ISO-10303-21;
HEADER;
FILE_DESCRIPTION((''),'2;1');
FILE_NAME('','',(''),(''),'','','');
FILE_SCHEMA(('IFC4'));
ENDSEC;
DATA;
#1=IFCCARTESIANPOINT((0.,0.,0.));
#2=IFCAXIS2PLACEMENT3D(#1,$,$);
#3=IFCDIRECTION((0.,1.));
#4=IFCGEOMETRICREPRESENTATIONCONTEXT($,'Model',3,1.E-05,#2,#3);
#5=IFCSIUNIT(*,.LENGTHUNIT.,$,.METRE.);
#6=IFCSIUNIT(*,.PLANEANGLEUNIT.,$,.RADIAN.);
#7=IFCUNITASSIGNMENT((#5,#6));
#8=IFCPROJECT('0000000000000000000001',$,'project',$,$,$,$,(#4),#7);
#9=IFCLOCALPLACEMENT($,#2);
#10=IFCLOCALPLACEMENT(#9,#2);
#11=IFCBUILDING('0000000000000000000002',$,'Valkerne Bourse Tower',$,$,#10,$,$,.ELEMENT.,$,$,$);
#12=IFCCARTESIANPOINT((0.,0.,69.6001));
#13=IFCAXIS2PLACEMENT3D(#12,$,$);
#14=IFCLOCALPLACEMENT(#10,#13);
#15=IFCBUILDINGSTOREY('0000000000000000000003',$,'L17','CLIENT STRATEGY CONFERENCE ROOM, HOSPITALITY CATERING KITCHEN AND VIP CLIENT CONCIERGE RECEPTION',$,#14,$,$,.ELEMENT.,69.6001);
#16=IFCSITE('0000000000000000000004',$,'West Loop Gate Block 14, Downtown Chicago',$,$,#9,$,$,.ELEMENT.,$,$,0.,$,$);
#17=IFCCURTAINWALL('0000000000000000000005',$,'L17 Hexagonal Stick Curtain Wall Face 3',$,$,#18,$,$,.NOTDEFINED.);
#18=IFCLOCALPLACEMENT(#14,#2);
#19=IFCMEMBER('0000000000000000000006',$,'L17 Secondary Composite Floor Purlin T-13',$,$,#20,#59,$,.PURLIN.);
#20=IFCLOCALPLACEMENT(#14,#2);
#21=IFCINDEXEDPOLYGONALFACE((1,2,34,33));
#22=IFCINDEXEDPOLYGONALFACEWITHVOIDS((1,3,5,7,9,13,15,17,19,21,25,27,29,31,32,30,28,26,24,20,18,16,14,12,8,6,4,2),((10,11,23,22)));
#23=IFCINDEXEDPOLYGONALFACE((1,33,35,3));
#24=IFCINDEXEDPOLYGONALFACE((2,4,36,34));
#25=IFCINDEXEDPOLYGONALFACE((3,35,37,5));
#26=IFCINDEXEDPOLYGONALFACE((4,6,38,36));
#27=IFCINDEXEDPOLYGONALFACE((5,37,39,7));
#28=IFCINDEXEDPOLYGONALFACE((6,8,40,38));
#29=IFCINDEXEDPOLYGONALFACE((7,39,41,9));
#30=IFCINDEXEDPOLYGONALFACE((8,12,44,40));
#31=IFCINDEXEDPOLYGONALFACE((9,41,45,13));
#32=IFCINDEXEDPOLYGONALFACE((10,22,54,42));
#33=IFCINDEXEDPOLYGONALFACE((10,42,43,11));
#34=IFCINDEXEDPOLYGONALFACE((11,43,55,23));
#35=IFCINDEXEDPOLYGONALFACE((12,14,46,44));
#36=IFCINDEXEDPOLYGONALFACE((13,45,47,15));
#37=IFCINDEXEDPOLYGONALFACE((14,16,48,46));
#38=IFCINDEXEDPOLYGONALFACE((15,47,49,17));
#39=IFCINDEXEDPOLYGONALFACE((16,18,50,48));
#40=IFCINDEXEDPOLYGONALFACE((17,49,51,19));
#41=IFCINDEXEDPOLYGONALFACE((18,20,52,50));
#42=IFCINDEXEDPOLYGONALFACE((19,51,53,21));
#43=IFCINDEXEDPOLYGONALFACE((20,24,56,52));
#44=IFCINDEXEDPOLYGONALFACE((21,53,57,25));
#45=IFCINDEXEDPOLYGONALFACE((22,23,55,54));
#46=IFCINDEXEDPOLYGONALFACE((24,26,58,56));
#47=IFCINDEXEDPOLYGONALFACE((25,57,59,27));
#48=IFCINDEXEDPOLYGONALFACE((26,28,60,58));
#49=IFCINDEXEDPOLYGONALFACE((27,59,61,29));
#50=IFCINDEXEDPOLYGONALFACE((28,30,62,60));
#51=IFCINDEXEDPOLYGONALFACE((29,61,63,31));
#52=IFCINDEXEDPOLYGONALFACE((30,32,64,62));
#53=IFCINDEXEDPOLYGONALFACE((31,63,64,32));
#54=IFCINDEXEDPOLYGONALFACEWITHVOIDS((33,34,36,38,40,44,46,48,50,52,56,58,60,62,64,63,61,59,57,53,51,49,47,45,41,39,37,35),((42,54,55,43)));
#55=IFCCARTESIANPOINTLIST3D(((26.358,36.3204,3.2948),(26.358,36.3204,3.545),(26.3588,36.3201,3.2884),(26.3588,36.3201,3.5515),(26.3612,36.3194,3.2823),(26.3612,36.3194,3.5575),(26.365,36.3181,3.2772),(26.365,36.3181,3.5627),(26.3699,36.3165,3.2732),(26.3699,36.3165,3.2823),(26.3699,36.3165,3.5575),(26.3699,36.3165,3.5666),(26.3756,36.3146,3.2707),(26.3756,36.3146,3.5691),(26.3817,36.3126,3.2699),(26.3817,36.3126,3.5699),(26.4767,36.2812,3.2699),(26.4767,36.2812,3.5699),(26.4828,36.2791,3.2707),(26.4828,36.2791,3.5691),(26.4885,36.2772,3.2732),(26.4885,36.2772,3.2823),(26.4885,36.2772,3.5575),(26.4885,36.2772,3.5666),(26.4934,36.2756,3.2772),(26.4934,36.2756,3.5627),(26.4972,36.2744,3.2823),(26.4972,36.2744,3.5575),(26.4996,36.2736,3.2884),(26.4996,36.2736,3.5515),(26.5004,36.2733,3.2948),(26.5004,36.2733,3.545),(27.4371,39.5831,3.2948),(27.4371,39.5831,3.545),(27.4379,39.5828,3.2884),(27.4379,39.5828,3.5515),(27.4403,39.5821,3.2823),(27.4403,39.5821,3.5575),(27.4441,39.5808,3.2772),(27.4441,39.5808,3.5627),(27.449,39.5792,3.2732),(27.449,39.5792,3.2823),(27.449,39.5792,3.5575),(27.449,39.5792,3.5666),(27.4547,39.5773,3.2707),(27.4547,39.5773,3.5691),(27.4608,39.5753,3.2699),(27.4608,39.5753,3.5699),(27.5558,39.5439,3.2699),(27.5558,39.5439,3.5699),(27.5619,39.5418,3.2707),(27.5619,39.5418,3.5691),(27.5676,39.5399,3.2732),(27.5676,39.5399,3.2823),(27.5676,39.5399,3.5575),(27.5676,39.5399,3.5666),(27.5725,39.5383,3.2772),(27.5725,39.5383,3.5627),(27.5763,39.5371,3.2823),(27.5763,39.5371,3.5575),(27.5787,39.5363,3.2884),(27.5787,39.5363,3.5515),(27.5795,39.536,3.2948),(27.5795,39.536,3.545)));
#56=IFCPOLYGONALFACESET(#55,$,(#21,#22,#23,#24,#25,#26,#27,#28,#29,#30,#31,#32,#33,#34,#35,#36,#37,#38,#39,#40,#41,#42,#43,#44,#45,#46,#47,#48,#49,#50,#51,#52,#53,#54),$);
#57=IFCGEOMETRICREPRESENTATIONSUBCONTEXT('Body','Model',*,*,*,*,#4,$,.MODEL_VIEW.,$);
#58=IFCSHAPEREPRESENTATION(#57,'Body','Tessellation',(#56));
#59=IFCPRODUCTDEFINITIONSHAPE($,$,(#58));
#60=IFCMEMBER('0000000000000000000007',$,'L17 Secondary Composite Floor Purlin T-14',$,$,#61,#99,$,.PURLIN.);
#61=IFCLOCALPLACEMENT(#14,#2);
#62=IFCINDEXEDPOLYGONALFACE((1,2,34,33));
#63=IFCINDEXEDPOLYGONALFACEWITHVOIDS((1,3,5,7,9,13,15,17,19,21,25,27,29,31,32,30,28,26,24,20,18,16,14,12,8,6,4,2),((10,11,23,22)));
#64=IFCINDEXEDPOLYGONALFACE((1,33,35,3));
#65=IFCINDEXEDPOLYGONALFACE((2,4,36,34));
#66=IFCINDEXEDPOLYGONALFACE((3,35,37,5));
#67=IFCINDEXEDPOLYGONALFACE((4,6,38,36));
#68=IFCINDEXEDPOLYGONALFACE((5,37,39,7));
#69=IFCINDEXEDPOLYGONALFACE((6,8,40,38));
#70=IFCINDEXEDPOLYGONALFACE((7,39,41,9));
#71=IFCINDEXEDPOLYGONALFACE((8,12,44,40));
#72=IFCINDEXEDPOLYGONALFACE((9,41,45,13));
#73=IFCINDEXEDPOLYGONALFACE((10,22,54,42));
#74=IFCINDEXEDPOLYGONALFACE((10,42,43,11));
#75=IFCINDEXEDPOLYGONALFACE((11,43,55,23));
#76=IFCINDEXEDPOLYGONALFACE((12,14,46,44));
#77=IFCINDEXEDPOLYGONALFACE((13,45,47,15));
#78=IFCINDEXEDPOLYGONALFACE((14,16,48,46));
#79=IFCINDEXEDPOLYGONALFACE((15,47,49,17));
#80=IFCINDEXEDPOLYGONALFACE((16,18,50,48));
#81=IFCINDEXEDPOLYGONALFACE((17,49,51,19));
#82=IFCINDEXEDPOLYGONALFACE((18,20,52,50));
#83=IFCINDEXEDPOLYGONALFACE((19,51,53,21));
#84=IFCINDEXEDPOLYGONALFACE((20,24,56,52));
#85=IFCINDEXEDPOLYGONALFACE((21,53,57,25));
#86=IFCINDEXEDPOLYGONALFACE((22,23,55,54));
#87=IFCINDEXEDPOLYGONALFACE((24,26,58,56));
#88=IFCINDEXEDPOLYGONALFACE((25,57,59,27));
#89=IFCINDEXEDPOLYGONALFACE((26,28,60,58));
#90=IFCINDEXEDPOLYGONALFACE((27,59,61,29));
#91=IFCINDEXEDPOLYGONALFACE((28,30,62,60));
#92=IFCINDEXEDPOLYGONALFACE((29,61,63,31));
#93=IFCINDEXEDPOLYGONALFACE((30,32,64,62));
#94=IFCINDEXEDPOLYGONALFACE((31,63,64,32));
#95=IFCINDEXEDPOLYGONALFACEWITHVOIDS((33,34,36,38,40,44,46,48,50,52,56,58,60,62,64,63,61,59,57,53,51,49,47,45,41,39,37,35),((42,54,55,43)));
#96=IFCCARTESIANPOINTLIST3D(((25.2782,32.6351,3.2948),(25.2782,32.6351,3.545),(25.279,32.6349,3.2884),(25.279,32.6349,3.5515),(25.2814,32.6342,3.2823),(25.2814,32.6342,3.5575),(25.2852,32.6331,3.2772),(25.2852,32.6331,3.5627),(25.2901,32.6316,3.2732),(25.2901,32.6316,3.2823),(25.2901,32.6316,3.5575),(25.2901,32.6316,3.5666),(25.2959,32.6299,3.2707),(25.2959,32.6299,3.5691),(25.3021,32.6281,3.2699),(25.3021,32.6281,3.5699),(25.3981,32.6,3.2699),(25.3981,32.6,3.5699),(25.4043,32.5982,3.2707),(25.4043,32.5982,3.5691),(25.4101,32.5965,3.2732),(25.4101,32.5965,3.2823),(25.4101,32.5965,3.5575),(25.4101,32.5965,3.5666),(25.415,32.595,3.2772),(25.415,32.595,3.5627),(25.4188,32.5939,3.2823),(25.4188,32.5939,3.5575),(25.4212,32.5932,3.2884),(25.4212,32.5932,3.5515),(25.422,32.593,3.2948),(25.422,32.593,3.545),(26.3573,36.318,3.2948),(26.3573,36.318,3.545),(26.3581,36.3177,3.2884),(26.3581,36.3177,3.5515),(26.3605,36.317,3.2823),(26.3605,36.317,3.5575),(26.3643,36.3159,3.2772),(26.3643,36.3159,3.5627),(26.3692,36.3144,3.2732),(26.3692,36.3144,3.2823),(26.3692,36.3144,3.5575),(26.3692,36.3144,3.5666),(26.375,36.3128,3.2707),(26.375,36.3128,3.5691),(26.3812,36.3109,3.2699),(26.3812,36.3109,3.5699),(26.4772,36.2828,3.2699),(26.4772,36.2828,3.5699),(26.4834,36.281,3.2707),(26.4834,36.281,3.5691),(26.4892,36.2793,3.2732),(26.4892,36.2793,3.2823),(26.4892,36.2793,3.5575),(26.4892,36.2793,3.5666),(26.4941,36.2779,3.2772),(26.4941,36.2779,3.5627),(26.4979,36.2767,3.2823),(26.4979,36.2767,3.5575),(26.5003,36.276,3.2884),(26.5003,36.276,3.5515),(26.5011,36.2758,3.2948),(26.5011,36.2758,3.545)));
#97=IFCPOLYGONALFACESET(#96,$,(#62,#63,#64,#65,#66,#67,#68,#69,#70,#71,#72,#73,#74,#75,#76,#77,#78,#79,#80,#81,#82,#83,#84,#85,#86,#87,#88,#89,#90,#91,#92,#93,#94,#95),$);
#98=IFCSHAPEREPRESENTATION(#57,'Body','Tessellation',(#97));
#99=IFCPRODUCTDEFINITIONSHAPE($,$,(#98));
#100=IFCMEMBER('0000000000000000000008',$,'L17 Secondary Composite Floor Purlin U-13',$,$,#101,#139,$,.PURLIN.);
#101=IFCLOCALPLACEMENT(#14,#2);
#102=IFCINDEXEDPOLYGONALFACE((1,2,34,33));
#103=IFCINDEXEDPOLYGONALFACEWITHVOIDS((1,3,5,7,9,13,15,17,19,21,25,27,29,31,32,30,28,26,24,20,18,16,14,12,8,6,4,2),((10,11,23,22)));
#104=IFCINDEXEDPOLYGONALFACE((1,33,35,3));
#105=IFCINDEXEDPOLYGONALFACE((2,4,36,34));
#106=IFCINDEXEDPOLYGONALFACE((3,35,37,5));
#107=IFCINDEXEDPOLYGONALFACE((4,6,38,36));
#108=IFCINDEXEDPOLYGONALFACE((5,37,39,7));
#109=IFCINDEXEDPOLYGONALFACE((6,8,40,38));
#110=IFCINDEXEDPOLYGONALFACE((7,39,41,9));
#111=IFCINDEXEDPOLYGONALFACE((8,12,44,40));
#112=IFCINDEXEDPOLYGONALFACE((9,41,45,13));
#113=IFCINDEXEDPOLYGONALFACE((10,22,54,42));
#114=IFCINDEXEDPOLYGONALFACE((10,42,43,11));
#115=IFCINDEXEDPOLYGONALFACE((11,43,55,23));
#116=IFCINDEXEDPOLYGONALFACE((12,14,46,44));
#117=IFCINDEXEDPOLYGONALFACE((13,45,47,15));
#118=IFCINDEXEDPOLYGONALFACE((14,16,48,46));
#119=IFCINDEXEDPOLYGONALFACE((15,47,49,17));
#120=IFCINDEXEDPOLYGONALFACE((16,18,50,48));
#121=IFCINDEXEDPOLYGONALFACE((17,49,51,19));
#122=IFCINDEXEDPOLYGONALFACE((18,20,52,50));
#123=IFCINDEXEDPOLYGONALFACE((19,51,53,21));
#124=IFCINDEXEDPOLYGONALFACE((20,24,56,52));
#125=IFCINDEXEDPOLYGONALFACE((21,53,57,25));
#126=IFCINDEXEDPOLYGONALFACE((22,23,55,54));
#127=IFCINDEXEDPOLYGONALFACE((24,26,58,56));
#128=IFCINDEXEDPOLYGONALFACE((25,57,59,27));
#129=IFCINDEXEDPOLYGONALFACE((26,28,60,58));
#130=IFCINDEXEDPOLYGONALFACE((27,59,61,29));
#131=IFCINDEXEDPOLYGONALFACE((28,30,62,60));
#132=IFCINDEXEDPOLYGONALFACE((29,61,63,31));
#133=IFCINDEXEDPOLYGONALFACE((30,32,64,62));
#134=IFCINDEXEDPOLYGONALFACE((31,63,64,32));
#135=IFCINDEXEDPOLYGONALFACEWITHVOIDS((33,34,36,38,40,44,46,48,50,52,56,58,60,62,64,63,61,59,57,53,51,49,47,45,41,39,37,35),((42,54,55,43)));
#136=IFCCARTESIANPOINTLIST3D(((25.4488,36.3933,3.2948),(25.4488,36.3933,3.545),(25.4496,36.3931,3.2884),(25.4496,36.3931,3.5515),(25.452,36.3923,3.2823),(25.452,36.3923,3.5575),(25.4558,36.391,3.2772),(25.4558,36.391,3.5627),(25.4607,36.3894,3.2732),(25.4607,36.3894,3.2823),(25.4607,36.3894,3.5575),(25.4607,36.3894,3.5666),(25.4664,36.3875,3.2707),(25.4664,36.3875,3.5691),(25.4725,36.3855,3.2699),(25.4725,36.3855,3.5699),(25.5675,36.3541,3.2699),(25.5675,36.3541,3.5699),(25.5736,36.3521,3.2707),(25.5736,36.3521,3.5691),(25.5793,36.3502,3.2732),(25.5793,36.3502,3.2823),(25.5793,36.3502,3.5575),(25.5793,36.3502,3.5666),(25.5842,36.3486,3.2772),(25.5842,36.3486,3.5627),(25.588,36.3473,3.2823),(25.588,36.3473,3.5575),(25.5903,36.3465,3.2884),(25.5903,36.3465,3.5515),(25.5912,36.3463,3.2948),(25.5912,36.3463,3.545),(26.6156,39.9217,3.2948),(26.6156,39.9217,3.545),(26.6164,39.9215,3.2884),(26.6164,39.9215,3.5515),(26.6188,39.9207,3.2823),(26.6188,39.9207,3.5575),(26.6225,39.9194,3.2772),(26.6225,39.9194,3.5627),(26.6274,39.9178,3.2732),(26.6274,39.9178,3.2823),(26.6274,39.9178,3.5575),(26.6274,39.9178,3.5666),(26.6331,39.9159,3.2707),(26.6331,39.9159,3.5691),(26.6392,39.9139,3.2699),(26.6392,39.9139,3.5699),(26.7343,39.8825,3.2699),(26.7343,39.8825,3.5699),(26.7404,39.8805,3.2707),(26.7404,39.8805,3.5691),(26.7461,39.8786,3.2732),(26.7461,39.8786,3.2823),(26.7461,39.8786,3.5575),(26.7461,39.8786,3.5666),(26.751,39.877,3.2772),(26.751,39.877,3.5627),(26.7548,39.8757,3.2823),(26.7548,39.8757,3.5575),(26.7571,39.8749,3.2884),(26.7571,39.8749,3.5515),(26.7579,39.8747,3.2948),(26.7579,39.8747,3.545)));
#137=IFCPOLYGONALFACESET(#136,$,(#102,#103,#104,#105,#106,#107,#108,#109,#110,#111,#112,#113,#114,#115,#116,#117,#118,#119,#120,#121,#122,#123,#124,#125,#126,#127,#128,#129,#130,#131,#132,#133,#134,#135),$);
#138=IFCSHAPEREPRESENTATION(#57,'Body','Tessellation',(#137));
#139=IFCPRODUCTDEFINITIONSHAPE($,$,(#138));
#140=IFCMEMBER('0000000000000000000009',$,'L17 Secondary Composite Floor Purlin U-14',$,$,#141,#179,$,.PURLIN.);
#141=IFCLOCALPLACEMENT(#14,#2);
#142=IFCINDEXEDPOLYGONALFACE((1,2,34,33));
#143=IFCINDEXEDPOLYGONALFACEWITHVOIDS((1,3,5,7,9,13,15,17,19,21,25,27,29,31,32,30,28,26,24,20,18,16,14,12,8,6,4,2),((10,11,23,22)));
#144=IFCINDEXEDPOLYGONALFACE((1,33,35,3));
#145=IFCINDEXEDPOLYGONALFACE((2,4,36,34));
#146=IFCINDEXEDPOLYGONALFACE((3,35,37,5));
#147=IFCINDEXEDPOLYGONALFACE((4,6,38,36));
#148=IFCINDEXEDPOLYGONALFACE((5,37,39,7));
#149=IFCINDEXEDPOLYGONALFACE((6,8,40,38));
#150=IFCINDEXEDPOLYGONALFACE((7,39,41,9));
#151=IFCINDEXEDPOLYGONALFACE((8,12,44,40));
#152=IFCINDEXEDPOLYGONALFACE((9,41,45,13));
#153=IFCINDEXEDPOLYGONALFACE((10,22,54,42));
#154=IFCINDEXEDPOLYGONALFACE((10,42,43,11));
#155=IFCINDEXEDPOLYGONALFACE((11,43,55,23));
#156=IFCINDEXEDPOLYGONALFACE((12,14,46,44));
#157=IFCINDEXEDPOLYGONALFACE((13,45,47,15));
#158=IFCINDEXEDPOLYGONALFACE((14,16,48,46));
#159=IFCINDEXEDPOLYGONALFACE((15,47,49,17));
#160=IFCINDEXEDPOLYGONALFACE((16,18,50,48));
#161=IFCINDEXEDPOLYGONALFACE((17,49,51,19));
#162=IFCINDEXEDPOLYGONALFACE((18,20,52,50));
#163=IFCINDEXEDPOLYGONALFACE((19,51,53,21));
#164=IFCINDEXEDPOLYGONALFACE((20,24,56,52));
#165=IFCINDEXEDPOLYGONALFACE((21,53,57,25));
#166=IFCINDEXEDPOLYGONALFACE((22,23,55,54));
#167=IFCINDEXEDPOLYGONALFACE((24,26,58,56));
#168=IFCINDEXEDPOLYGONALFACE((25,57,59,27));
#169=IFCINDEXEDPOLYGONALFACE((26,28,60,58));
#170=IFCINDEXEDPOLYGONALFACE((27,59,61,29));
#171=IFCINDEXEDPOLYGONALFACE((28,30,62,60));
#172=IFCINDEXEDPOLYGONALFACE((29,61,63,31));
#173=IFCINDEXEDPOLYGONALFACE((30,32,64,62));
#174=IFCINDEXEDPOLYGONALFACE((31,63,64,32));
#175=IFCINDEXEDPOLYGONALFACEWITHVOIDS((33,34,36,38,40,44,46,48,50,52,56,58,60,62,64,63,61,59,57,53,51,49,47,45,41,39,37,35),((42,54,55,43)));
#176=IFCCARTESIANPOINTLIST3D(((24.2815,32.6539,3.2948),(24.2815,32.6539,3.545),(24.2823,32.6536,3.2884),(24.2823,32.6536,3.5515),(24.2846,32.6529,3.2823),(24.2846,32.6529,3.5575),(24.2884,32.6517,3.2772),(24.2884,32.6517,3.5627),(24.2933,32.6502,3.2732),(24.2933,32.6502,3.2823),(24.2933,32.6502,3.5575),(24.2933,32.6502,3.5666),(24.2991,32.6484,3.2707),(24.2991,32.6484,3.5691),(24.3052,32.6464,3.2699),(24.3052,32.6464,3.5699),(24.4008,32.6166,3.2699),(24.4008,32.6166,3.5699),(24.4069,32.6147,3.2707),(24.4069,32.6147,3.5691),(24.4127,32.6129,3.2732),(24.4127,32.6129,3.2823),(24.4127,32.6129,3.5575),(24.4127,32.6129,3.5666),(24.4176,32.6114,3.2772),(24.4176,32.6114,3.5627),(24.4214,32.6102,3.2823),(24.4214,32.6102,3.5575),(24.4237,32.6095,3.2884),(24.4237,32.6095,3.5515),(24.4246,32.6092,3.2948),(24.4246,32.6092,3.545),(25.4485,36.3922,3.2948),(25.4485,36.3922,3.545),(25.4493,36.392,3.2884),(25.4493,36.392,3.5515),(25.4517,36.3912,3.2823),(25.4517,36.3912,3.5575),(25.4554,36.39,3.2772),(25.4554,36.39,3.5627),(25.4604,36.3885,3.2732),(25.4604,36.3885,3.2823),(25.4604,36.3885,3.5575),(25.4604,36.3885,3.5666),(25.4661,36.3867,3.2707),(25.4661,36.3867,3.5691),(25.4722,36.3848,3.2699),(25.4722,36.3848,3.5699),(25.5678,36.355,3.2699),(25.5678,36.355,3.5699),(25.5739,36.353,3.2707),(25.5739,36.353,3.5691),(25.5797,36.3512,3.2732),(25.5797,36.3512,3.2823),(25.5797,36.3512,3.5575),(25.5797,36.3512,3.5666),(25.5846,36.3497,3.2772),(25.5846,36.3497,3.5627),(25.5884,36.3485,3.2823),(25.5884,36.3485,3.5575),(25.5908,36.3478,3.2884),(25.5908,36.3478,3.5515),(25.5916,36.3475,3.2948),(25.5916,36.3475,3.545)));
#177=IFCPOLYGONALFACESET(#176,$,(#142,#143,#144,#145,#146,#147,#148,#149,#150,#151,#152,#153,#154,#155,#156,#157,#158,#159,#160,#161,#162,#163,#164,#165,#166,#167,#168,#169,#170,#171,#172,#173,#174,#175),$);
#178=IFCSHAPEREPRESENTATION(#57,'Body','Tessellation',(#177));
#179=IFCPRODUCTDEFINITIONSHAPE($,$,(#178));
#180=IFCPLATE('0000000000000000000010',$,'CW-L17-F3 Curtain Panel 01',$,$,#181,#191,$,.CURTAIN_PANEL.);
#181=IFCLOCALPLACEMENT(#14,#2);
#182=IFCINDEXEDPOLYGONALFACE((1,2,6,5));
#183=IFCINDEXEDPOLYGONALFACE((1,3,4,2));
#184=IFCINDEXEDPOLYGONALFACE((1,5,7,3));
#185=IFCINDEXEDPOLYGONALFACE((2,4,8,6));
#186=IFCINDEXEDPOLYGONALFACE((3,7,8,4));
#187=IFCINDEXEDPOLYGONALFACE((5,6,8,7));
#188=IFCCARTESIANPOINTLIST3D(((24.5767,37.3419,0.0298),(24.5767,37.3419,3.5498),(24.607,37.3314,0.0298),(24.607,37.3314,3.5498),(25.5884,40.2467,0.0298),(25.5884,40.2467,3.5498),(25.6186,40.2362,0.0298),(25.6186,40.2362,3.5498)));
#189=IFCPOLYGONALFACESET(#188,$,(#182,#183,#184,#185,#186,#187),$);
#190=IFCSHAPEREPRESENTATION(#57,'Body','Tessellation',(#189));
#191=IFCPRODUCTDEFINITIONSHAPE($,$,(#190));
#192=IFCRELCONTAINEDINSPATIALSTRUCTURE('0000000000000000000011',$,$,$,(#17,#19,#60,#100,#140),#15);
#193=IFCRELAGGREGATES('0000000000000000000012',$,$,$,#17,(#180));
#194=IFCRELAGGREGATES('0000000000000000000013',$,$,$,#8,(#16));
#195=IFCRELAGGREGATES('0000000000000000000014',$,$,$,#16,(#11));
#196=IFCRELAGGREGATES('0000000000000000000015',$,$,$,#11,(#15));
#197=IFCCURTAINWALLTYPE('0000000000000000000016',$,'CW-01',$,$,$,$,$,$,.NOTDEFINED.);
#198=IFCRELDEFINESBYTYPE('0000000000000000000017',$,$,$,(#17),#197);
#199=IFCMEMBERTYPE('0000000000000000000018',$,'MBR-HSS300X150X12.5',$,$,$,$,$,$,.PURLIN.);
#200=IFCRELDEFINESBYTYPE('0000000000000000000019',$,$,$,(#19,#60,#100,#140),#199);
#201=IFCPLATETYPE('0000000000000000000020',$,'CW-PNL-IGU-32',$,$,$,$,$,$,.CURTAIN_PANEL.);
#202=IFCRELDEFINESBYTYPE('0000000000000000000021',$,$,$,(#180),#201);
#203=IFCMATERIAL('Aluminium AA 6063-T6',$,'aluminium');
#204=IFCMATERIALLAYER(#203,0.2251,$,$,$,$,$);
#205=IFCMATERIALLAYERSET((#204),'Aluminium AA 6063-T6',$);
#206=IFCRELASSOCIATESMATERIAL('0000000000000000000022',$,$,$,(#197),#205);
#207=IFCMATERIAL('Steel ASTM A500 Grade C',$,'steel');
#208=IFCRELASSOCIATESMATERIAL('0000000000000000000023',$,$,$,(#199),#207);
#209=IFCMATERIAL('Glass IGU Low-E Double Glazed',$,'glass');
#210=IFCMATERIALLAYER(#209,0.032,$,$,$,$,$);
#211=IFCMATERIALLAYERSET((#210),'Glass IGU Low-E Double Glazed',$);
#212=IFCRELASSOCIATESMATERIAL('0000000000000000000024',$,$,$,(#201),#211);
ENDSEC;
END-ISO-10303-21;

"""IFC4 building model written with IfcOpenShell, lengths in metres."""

from ifc_helpers import new_model, si_unit, direction, frame, origin, origin_2d, place, context, subcontext, project, spatial, rectangle, hollow_rectangle, extrude, material, layer, layer_set, material_profile, profile_set, type_object, element, aggregate, save


model = new_model("IFC4")

# Units and contexts
model_context = context("Model", 3, precision=1e-05, world=origin(), true_north=direction((0.0, 1.0)))
body_context = subcontext(model_context, "Body", "Model", "MODEL_VIEW")
ifc_project = project(units=[si_unit("LENGTHUNIT", "METRE"), si_unit("PLANEANGLEUNIT", "RADIAN")], contexts=[model_context])

# Site, building, storey
site_placement = place(None, origin())
site = spatial("IfcSite", under=ifc_project, at=site_placement, Name="West Loop Gate Block 14, Downtown Chicago", CompositionType="ELEMENT", RefElevation=0.0)
building_placement = place(site_placement, origin())
building = spatial("IfcBuilding", under=site, at=building_placement, Name="Valkerne Bourse Tower", CompositionType="ELEMENT")
storey_placement = place(building_placement, frame((0.0, 0.0, 69.6001)))
storey = spatial("IfcBuildingStorey", under=building, at=storey_placement, Name="L17", Description="CLIENT STRATEGY CONFERENCE ROOM, HOSPITALITY CATERING KITCHEN AND VIP CLIENT CONCIERGE RECEPTION", CompositionType="ELEMENT", Elevation=69.6001)

# Curtain wall
ifc_material_1 = material(Name="Aluminium AA 6063-T6", Category="aluminium")
ifc_layer_1 = layer(ifc_material_1, 0.2251)
ifc_layer_set_1 = layer_set([ifc_layer_1], Name="Aluminium AA 6063-T6")
curtain_wall_type = type_object("IfcCurtainWallType", Name="CW-01", PredefinedType="NOTDEFINED", material=ifc_layer_set_1)
curtain_wall_placement = place(storey_placement, origin())
curtain_wall = element("IfcCurtainWall", 1, at=curtain_wall_placement, inside=storey, type_object=curtain_wall_type, Name="L17 Hexagonal Stick Curtain Wall Face 3", PredefinedType="NOTDEFINED")

# Members
ifc_material_2 = material(Name="Steel ASTM A500 Grade C", Category="steel")
ifc_material_profile_1 = material_profile(ifc_material_2, hollow_rectangle(XDim=0.1499, YDim=0.3, WallThickness=0.0125, OuterFilletRadius=0.0249, at=origin_2d()), Name="HSS300X150X12.5")
ifc_profile_set_1 = profile_set([ifc_material_profile_1], Name="Steel ASTM A500 Grade C")
member_type_1 = type_object("IfcMemberType", Name="MBR-HSS300X150X12.5", PredefinedType="PURLIN", material=ifc_profile_set_1)
member_1_placement = place(storey_placement, frame((27.5083, 39.5596, 3.4199), z_axis=(-0.31401, -0.94942, 0.0), x_axis=(0.94942, -0.31401, 0.0)))
element("IfcMember", 2, at=member_1_placement, inside=storey, type_object=member_type_1, Name="L17 Secondary Composite Floor Purlin T-13", PredefinedType="PURLIN", context=body_context, shape_type="SweptSolid", body=[
    extrude(hollow_rectangle(XDim=0.1499, YDim=0.3, WallThickness=0.0125, OuterFilletRadius=0.0249, at=origin_2d()), origin(), (0.0, 0.0, 1.0), 3.4365),
])
member_2_placement = place(storey_placement, frame((26.4292, 36.2969, 3.4199), z_axis=(-0.281185, -0.959654, 0.0), x_axis=(0.959654, -0.281185, 0.0)))
element("IfcMember", 3, at=member_2_placement, inside=storey, type_object=member_type_1, Name="L17 Secondary Composite Floor Purlin T-14", PredefinedType="PURLIN", context=body_context, shape_type="SweptSolid", body=[
    extrude(hollow_rectangle(XDim=0.1499, YDim=0.3, WallThickness=0.0125, OuterFilletRadius=0.0249, at=origin_2d()), origin(), (0.0, 0.0, 1.0), 3.8376),
])
member_3_placement = place(storey_placement, frame((26.6868, 39.8982, 3.4199), z_axis=(-0.31396, -0.949436, 0.0), x_axis=(0.949436, -0.31396, 0.0)))
element("IfcMember", 4, at=member_3_placement, inside=storey, type_object=member_type_1, Name="L17 Secondary Composite Floor Purlin U-13", PredefinedType="PURLIN", context=body_context, shape_type="SweptSolid", body=[
    extrude(hollow_rectangle(XDim=0.1499, YDim=0.3, WallThickness=0.0125, OuterFilletRadius=0.0249, at=origin_2d()), origin(), (0.0, 0.0, 1.0), 3.7163),
])
member_4_placement = place(storey_placement, frame((25.52, 36.3699, 3.4199), z_axis=(-0.297991, -0.954569, 0.0), x_axis=(0.954569, -0.297991, 0.0)))
element("IfcMember", 5, at=member_4_placement, inside=storey, type_object=member_type_1, Name="L17 Secondary Composite Floor Purlin U-14", PredefinedType="PURLIN", context=body_context, shape_type="SweptSolid", body=[
    extrude(hollow_rectangle(XDim=0.1499, YDim=0.3, WallThickness=0.0125, OuterFilletRadius=0.0249, at=origin_2d()), origin(), (0.0, 0.0, 1.0), 3.9163),
])

# Plate
ifc_material_3 = material(Name="Glass IGU Low-E Double Glazed", Category="glass")
ifc_layer_2 = layer(ifc_material_3, 0.032)
ifc_layer_set_2 = layer_set([ifc_layer_2], Name="Glass IGU Low-E Double Glazed")
plate_type_1 = type_object("IfcPlateType", Name="CW-PNL-IGU-32", PredefinedType="CURTAIN_PANEL", material=ifc_layer_set_2)
plate_1_placement = place(storey_placement, frame((25.0977, 38.7891, 0.0298), z_axis=(0.0, 0.0, 1.0), x_axis=(-0.32888, -0.944372, 0.0)))
plate_1 = element("IfcPlate", 6, at=plate_1_placement, type_object=plate_type_1, Name="CW-L17-F3 Curtain Panel 01", PredefinedType="CURTAIN_PANEL", context=body_context, shape_type="SweptSolid", body=[
    extrude(rectangle(XDim=3.0759, YDim=0.032, at=origin_2d()), origin(), (0.0, 0.0, 1.0), 3.52),
])
aggregate(curtain_wall, [plate_1])

save(model, "model.ifc")
